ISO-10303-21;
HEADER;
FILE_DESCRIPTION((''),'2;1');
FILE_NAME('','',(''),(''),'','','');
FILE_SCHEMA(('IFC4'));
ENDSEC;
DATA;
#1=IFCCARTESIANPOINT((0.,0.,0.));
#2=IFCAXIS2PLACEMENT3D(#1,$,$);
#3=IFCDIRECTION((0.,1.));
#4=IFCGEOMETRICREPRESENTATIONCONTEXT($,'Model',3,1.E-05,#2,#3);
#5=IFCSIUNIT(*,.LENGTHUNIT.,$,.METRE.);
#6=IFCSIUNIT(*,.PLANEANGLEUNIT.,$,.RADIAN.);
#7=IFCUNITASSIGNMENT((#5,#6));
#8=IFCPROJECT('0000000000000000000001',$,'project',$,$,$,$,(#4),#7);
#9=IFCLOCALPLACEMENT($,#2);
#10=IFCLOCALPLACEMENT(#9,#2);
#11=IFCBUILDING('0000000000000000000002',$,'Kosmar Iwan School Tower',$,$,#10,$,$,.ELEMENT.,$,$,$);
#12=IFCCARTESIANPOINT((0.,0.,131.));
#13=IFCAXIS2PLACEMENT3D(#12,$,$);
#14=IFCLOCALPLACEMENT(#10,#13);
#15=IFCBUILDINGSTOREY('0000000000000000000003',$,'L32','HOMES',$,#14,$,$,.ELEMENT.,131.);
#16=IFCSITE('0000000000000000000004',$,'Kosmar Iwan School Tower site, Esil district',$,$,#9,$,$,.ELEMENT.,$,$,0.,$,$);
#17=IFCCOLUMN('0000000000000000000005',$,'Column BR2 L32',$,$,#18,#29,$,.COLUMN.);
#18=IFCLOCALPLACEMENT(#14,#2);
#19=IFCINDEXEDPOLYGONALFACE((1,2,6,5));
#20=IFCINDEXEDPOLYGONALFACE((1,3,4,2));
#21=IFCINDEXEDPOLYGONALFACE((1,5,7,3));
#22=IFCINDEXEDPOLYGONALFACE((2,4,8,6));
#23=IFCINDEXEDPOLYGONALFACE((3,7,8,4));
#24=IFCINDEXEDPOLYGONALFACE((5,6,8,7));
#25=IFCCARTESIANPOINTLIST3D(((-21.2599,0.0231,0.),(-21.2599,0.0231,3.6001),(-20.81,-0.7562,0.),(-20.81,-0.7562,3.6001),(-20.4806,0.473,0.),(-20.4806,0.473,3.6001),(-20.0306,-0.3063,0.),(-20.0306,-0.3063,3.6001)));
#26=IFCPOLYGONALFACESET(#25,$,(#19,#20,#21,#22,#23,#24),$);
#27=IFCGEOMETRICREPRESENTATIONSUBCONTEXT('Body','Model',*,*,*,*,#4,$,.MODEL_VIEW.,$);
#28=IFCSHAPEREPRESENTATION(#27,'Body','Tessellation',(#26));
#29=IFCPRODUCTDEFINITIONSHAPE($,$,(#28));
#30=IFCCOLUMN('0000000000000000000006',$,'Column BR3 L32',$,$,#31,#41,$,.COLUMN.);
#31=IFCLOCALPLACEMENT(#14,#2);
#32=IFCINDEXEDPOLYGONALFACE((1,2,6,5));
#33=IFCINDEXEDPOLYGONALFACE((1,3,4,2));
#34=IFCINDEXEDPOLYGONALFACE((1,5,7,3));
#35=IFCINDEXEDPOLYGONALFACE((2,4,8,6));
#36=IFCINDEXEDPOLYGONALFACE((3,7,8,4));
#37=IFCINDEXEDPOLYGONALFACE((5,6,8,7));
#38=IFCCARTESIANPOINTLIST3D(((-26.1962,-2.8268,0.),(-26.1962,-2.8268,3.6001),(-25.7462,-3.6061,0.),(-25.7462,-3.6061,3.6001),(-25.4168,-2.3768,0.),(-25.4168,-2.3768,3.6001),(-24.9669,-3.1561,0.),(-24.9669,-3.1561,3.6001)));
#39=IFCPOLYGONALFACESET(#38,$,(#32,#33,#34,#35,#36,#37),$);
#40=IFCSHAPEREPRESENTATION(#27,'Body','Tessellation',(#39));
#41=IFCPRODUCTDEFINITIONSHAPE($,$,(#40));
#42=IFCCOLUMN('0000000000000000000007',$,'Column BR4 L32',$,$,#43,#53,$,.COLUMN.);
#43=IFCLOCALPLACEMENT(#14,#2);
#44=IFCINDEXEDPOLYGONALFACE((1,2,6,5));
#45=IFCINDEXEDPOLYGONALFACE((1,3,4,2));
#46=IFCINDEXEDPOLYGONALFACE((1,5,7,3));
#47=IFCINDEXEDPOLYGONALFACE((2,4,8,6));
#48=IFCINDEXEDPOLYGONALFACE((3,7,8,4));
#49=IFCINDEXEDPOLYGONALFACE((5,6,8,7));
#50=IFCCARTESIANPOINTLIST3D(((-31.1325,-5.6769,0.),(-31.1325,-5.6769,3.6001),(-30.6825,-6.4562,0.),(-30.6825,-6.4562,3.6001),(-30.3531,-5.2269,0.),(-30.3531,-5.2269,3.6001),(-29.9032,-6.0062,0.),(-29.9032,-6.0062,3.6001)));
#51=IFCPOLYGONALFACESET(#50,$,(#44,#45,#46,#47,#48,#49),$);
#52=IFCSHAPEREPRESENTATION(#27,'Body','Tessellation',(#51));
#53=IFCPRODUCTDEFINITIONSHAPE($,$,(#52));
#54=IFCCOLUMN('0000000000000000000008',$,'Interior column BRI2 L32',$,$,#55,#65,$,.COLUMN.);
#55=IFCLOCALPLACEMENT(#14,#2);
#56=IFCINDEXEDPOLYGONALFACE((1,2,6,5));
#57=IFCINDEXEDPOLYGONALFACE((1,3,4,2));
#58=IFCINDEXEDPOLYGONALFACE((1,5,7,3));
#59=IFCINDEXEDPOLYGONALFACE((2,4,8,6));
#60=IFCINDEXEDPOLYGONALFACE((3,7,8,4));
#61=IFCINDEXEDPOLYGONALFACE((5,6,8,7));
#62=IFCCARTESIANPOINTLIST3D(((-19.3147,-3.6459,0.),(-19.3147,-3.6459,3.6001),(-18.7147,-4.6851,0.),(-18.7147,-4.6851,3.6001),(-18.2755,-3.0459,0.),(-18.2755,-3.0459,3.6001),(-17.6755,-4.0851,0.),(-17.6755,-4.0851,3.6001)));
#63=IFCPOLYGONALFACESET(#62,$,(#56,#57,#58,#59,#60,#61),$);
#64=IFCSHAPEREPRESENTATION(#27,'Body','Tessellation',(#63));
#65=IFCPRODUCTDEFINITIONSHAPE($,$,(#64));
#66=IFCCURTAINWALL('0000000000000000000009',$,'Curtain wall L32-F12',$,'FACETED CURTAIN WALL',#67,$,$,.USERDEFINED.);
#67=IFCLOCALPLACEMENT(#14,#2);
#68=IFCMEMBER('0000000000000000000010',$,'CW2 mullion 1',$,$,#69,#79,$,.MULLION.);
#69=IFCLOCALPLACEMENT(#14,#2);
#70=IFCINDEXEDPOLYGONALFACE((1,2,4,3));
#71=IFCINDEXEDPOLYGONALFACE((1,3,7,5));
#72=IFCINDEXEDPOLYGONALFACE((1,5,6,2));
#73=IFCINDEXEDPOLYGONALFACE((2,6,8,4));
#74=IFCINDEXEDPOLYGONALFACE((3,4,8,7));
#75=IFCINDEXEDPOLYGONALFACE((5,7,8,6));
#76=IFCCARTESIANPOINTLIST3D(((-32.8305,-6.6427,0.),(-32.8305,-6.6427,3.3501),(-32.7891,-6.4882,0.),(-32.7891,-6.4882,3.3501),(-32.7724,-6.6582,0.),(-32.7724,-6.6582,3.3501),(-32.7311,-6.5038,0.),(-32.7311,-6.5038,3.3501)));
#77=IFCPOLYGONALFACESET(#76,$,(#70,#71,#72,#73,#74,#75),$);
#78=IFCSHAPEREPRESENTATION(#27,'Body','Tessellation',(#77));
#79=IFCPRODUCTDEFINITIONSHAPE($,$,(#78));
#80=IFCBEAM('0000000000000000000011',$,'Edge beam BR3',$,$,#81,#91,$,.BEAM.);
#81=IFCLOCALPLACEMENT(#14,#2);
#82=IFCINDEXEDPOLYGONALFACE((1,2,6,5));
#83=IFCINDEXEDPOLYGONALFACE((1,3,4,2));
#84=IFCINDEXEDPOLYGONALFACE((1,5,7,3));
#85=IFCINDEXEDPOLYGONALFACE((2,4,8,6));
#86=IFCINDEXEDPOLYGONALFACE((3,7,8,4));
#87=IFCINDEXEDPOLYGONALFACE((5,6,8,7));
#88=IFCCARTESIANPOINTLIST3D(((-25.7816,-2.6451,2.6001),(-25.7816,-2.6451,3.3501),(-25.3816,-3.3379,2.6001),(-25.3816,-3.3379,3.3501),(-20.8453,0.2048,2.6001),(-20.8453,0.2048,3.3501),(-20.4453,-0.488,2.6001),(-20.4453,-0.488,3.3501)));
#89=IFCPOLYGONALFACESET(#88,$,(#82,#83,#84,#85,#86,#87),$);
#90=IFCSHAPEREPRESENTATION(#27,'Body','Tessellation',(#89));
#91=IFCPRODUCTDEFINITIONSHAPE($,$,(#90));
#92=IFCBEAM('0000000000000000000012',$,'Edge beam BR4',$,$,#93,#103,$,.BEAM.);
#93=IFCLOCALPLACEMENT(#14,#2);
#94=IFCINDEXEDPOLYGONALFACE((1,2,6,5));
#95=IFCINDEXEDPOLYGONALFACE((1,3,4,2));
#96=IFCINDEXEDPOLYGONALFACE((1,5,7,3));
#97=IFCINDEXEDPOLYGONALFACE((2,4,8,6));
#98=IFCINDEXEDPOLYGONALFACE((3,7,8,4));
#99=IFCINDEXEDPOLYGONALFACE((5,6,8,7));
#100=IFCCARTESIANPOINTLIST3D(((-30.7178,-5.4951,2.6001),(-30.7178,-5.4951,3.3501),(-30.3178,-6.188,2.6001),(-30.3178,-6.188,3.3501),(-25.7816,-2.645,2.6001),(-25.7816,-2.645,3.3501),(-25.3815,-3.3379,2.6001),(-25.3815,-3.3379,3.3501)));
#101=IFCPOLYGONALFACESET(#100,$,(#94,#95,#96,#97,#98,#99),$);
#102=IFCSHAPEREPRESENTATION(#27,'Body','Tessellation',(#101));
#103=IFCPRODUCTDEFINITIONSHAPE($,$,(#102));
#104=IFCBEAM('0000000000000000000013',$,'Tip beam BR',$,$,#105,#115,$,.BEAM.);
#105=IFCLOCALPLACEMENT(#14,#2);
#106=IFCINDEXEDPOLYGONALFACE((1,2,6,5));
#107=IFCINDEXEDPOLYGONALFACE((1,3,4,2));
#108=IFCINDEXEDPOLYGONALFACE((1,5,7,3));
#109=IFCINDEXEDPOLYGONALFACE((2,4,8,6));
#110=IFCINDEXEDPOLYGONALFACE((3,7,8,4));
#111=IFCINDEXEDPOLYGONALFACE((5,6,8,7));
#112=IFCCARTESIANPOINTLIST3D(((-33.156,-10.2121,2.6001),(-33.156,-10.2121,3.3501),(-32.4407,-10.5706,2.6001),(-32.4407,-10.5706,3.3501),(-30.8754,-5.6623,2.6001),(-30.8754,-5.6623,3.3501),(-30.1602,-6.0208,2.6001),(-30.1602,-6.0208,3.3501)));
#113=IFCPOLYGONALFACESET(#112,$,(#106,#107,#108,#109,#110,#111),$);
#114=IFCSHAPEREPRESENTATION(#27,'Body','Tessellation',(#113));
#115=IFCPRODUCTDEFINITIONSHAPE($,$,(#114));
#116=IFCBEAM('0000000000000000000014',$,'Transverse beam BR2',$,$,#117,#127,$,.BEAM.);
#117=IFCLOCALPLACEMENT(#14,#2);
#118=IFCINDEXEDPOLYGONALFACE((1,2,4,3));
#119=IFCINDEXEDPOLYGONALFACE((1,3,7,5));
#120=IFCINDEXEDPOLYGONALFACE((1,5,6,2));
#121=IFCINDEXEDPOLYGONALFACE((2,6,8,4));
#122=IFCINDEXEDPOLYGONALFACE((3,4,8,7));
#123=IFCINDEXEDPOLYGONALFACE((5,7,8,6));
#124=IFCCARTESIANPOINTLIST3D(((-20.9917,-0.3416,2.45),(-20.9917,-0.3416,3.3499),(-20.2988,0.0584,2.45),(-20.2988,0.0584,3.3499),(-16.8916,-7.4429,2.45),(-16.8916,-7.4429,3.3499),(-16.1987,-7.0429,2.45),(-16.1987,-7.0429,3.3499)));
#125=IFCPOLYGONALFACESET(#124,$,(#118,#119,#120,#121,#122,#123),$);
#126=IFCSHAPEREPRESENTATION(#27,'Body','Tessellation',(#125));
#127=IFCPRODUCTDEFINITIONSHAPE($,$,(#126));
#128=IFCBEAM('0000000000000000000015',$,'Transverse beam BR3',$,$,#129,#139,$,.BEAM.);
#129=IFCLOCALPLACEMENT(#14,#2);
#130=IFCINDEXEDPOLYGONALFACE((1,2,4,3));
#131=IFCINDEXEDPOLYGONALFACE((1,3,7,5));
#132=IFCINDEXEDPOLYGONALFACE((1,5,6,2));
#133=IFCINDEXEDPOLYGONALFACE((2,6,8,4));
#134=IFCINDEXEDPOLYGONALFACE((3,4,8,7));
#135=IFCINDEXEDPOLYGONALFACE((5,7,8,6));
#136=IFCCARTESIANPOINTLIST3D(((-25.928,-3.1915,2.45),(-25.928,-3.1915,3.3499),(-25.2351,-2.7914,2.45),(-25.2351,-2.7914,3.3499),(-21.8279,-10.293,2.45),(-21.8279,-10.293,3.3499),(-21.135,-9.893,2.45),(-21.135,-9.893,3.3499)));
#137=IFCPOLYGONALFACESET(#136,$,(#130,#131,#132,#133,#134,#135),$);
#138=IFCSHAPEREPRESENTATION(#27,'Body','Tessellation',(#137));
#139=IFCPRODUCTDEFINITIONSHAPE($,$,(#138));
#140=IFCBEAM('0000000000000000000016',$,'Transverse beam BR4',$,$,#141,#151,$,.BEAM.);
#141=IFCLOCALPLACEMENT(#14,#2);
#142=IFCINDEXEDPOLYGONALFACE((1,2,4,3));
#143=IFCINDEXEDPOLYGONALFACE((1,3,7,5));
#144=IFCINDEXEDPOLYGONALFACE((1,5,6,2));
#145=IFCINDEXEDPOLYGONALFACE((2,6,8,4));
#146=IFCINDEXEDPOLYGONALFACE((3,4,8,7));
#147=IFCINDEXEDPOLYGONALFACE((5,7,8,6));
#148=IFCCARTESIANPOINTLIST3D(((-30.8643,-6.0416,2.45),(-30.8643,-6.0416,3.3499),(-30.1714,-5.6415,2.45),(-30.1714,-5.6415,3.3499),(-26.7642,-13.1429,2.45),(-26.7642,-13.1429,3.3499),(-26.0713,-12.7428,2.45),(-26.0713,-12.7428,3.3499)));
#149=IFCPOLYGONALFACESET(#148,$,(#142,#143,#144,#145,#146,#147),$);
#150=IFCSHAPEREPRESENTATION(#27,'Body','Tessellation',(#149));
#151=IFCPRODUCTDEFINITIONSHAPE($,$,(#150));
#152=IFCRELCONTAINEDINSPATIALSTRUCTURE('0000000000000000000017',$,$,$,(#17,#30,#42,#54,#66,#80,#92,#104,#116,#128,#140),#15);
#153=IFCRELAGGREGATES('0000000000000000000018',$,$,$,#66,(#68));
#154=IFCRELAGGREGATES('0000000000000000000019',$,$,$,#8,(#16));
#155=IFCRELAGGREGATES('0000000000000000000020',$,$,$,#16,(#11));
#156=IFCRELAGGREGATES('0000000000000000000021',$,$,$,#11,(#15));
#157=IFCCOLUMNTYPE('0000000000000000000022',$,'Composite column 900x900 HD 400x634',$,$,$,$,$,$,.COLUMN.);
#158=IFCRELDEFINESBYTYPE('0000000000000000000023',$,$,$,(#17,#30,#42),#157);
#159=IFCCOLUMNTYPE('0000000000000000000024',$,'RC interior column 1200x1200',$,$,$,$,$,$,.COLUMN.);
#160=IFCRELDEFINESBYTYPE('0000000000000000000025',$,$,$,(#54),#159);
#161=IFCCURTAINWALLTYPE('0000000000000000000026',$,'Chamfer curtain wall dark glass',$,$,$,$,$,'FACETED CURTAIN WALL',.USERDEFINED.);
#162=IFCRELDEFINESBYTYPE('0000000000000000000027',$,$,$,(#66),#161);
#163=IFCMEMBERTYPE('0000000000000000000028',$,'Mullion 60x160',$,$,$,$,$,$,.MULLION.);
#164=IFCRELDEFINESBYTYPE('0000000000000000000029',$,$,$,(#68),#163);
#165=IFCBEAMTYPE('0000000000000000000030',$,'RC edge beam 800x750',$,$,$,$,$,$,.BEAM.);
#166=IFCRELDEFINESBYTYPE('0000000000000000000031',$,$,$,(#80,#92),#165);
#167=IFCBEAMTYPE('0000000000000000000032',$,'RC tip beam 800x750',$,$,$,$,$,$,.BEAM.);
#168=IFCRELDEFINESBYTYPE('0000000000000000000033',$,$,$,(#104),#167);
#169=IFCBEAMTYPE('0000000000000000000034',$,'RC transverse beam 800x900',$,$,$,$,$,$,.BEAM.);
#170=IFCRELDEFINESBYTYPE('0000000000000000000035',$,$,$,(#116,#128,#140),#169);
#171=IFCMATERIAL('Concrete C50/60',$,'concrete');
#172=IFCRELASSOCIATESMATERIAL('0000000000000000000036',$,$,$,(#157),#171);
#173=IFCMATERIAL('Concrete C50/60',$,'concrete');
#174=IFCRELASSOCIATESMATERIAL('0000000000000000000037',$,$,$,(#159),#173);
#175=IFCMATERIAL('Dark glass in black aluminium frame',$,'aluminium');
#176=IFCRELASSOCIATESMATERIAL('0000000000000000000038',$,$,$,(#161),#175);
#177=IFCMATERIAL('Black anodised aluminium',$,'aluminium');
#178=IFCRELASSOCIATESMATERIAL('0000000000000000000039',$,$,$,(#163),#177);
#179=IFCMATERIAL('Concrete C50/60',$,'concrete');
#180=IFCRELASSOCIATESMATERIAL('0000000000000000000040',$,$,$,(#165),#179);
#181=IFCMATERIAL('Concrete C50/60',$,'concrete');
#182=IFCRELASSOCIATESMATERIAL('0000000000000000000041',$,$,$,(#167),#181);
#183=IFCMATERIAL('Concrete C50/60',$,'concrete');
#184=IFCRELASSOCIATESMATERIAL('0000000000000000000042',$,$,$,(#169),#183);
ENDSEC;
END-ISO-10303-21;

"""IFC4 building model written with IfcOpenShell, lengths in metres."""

from ifc_helpers import new_model, si_unit, direction, frame, origin, origin_2d, place, context, subcontext, project, spatial, rectangle, extrude, material, material_profile, profile_set, type_object, element, aggregate, save


model = new_model("IFC4")

# Units and contexts
model_context = context("Model", 3, precision=1e-05, world=origin(), true_north=direction((0.0, 1.0)))
body_context = subcontext(model_context, "Body", "Model", "MODEL_VIEW")
ifc_project = project(units=[si_unit("LENGTHUNIT", "METRE"), si_unit("PLANEANGLEUNIT", "RADIAN")], contexts=[model_context])

# Site, building, storey
site_placement = place(None, origin())
site = spatial("IfcSite", under=ifc_project, at=site_placement, Name="Kosmar Iwan School Tower site, Esil district", CompositionType="ELEMENT", RefElevation=0.0)
building_placement = place(site_placement, origin())
building = spatial("IfcBuilding", under=site, at=building_placement, Name="Kosmar Iwan School Tower", CompositionType="ELEMENT")
storey_placement = place(building_placement, frame((0.0, 0.0, 131.0)))
storey = spatial("IfcBuildingStorey", under=building, at=storey_placement, Name="L32", Description="HOMES", CompositionType="ELEMENT", Elevation=131.0)

# Columns
ifc_material_1 = material(Name="Concrete C50/60", Category="concrete")
ifc_material_profile_1 = material_profile(ifc_material_1, rectangle(XDim=0.8999, YDim=0.8999, at=origin_2d()), Name="RC 900x900 + HD 400x634")
ifc_profile_set_1 = profile_set([ifc_material_profile_1], Name="Concrete C50/60")
column_type_1 = type_object("IfcColumnType", Name="Composite column 900x900 HD 400x634", PredefinedType="COLUMN", material=ifc_profile_set_1)
for number, where, z_axis, x_axis, name in (
    (1, (-20.6453, -0.1416, 0.0), (0.0, 0.0, 1.0), (-0.866025, -0.5, 0.0), "Column BR2 L32"),
    (2, (-25.5815, -2.9915, 0.0), (0.0, 0.0, 1.0), (-0.866025, -0.5, 0.0), "Column BR3 L32"),
    (3, (-30.5178, -5.8416, 0.0), (0.0, 0.0, 1.0), (-0.866025, -0.5, 0.0), "Column BR4 L32"),
):
    element("IfcColumn", number, at=place(storey_placement, frame(where, z_axis=z_axis, x_axis=x_axis)), inside=storey, type_object=column_type_1, Name=name, PredefinedType="COLUMN", context=body_context, shape_type="SweptSolid", body=[
        extrude(rectangle(XDim=0.8999, YDim=0.8999, at=origin_2d()), origin(), (0.0, 0.0, 1.0), 3.6001),
    ])
ifc_material_2 = material(Name="Concrete C50/60", Category="concrete")
ifc_material_profile_2 = material_profile(ifc_material_2, rectangle(XDim=1.2, YDim=1.2, at=origin_2d()), Name="RC 1200x1200")
ifc_profile_set_2 = profile_set([ifc_material_profile_2], Name="Concrete C50/60")
column_type_2 = type_object("IfcColumnType", Name="RC interior column 1200x1200", PredefinedType="COLUMN", material=ifc_profile_set_2)
column_placement = place(storey_placement, frame((-18.4951, -3.8655, 0.0), z_axis=(0.0, 0.0, 1.0), x_axis=(-0.866025, -0.5, 0.0)))
element("IfcColumn", 4, at=column_placement, inside=storey, type_object=column_type_2, Name="Interior column BRI2 L32", PredefinedType="COLUMN", context=body_context, shape_type="SweptSolid", body=[
    extrude(rectangle(XDim=1.2, YDim=1.2, at=origin_2d()), origin(), (0.0, 0.0, 1.0), 3.6001),
])

# Curtain wall, member
ifc_material_3 = material(Name="Dark glass in black aluminium frame", Category="aluminium")
curtain_wall_type = type_object("IfcCurtainWallType", Name="Chamfer curtain wall dark glass", ElementType="FACETED CURTAIN WALL", PredefinedType="USERDEFINED", material=ifc_material_3)
curtain_wall_placement = place(storey_placement, origin())
curtain_wall = element("IfcCurtainWall", 5, at=curtain_wall_placement, inside=storey, type_object=curtain_wall_type, Name="Curtain wall L32-F12", ObjectType="FACETED CURTAIN WALL", PredefinedType="USERDEFINED")
ifc_material_4 = material(Name="Black anodised aluminium", Category="aluminium")
ifc_material_profile_3 = material_profile(ifc_material_4, rectangle(XDim=0.0601, YDim=0.1599, at=origin_2d()), Name="MULLION 60x160")
ifc_profile_set_3 = profile_set([ifc_material_profile_3], Name="Black anodised aluminium")
member_type = type_object("IfcMemberType", Name="Mullion 60x160", PredefinedType="MULLION", material=ifc_profile_set_3)
member_placement = place(storey_placement, frame((-32.7808, -6.5732, 0.0), z_axis=(0.0, 0.0, 1.0), x_axis=(0.965926, -0.258819, 0.0)))
member = element("IfcMember", 6, at=member_placement, type_object=member_type, Name="CW2 mullion 1", PredefinedType="MULLION", context=body_context, shape_type="SweptSolid", body=[
    extrude(rectangle(XDim=0.0601, YDim=0.1599, at=origin_2d()), origin(), (0.0, 0.0, 1.0), 3.3501),
])
aggregate(curtain_wall, [member])

# Beams
ifc_material_5 = material(Name="Concrete C50/60", Category="concrete")
ifc_material_profile_4 = material_profile(ifc_material_5, rectangle(XDim=0.8, YDim=0.75, at=origin_2d()), Name="RC 800x750")
ifc_profile_set_4 = profile_set([ifc_material_profile_4], Name="Concrete C50/60")
beam_type_1 = type_object("IfcBeamType", Name="RC edge beam 800x750", PredefinedType="BEAM", material=ifc_profile_set_4)
for number, where, z_axis, x_axis, name in (
    (7, (-20.6453, -0.1416, 2.9751), (-0.866034, -0.499986, 0.0), (0.499986, -0.866034, 0.0), "Edge beam BR3"),
    (8, (-25.5815, -2.9915, 2.9751), (-0.866015, -0.500018, 0.0), (0.500018, -0.866015, 0.0), "Edge beam BR4"),
):
    element("IfcBeam", number, at=place(storey_placement, frame(where, z_axis=z_axis, x_axis=x_axis)), inside=storey, type_object=beam_type_1, Name=name, PredefinedType="BEAM", context=body_context, shape_type="SweptSolid", body=[
        extrude(rectangle(XDim=0.8, YDim=0.75, at=origin_2d()), origin(), (0.0, 0.0, 1.0), 5.7),
    ])
ifc_material_6 = material(Name="Concrete C50/60", Category="concrete")
ifc_material_profile_5 = material_profile(ifc_material_6, rectangle(XDim=0.8, YDim=0.75, at=origin_2d()), Name="RC 800x750")
ifc_profile_set_5 = profile_set([ifc_material_profile_5], Name="Concrete C50/60")
beam_type_2 = type_object("IfcBeamType", Name="RC tip beam 800x750", PredefinedType="BEAM", material=ifc_profile_set_5)
beam_1_placement = place(storey_placement, frame((-30.5178, -5.8416, 2.9751), z_axis=(-0.448096, -0.893985, 0.0), x_axis=(0.893985, -0.448096, 0.0)))
element("IfcBeam", 9, at=beam_1_placement, inside=storey, type_object=beam_type_2, Name="Tip beam BR", PredefinedType="BEAM", context=body_context, shape_type="SweptSolid", body=[
    extrude(rectangle(XDim=0.8, YDim=0.75, at=origin_2d()), origin(), (0.0, 0.0, 1.0), 5.0894),
])
ifc_material_7 = material(Name="Concrete C50/60", Category="concrete")
ifc_material_profile_6 = material_profile(ifc_material_7, rectangle(XDim=0.8, YDim=0.8999, at=origin_2d()), Name="RC 800x900")
ifc_profile_set_6 = profile_set([ifc_material_profile_6], Name="Concrete C50/60")
beam_type_3 = type_object("IfcBeamType", Name="RC transverse beam 800x900", PredefinedType="BEAM", material=ifc_profile_set_6)
beam_2_placement = place(storey_placement, frame((-20.6453, -0.1416, 2.8999), z_axis=(0.500014, -0.866018, 0.0), x_axis=(0.866018, 0.500014, 0.0)))
element("IfcBeam", 10, at=beam_2_placement, inside=storey, type_object=beam_type_3, Name="Transverse beam BR2", PredefinedType="BEAM", context=body_context, shape_type="SweptSolid", body=[
    extrude(rectangle(XDim=0.8, YDim=0.8999, at=origin_2d()), origin(), (0.0, 0.0, 1.0), 8.2),
])
beam_3_placement = place(storey_placement, frame((-25.5815, -2.9915, 2.8999), z_axis=(0.500001, -0.866025, 0.0), x_axis=(0.866025, 0.500001, 0.0)))
element("IfcBeam", 11, at=beam_3_placement, inside=storey, type_object=beam_type_3, Name="Transverse beam BR3", PredefinedType="BEAM", context=body_context, shape_type="SweptSolid", body=[
    extrude(rectangle(XDim=0.8, YDim=0.8999, at=origin_2d()), origin(), (0.0, 0.0, 1.0), 8.2002),
])
beam_4_placement = place(storey_placement, frame((-30.5178, -5.8416, 2.8999), z_axis=(0.500014, -0.866018, 0.0), x_axis=(0.866018, 0.500014, 0.0)))
element("IfcBeam", 12, at=beam_4_placement, inside=storey, type_object=beam_type_3, Name="Transverse beam BR4", PredefinedType="BEAM", context=body_context, shape_type="SweptSolid", body=[
    extrude(rectangle(XDim=0.8, YDim=0.8999, at=origin_2d()), origin(), (0.0, 0.0, 1.0), 8.2),
])

save(model, "model.ifc")
